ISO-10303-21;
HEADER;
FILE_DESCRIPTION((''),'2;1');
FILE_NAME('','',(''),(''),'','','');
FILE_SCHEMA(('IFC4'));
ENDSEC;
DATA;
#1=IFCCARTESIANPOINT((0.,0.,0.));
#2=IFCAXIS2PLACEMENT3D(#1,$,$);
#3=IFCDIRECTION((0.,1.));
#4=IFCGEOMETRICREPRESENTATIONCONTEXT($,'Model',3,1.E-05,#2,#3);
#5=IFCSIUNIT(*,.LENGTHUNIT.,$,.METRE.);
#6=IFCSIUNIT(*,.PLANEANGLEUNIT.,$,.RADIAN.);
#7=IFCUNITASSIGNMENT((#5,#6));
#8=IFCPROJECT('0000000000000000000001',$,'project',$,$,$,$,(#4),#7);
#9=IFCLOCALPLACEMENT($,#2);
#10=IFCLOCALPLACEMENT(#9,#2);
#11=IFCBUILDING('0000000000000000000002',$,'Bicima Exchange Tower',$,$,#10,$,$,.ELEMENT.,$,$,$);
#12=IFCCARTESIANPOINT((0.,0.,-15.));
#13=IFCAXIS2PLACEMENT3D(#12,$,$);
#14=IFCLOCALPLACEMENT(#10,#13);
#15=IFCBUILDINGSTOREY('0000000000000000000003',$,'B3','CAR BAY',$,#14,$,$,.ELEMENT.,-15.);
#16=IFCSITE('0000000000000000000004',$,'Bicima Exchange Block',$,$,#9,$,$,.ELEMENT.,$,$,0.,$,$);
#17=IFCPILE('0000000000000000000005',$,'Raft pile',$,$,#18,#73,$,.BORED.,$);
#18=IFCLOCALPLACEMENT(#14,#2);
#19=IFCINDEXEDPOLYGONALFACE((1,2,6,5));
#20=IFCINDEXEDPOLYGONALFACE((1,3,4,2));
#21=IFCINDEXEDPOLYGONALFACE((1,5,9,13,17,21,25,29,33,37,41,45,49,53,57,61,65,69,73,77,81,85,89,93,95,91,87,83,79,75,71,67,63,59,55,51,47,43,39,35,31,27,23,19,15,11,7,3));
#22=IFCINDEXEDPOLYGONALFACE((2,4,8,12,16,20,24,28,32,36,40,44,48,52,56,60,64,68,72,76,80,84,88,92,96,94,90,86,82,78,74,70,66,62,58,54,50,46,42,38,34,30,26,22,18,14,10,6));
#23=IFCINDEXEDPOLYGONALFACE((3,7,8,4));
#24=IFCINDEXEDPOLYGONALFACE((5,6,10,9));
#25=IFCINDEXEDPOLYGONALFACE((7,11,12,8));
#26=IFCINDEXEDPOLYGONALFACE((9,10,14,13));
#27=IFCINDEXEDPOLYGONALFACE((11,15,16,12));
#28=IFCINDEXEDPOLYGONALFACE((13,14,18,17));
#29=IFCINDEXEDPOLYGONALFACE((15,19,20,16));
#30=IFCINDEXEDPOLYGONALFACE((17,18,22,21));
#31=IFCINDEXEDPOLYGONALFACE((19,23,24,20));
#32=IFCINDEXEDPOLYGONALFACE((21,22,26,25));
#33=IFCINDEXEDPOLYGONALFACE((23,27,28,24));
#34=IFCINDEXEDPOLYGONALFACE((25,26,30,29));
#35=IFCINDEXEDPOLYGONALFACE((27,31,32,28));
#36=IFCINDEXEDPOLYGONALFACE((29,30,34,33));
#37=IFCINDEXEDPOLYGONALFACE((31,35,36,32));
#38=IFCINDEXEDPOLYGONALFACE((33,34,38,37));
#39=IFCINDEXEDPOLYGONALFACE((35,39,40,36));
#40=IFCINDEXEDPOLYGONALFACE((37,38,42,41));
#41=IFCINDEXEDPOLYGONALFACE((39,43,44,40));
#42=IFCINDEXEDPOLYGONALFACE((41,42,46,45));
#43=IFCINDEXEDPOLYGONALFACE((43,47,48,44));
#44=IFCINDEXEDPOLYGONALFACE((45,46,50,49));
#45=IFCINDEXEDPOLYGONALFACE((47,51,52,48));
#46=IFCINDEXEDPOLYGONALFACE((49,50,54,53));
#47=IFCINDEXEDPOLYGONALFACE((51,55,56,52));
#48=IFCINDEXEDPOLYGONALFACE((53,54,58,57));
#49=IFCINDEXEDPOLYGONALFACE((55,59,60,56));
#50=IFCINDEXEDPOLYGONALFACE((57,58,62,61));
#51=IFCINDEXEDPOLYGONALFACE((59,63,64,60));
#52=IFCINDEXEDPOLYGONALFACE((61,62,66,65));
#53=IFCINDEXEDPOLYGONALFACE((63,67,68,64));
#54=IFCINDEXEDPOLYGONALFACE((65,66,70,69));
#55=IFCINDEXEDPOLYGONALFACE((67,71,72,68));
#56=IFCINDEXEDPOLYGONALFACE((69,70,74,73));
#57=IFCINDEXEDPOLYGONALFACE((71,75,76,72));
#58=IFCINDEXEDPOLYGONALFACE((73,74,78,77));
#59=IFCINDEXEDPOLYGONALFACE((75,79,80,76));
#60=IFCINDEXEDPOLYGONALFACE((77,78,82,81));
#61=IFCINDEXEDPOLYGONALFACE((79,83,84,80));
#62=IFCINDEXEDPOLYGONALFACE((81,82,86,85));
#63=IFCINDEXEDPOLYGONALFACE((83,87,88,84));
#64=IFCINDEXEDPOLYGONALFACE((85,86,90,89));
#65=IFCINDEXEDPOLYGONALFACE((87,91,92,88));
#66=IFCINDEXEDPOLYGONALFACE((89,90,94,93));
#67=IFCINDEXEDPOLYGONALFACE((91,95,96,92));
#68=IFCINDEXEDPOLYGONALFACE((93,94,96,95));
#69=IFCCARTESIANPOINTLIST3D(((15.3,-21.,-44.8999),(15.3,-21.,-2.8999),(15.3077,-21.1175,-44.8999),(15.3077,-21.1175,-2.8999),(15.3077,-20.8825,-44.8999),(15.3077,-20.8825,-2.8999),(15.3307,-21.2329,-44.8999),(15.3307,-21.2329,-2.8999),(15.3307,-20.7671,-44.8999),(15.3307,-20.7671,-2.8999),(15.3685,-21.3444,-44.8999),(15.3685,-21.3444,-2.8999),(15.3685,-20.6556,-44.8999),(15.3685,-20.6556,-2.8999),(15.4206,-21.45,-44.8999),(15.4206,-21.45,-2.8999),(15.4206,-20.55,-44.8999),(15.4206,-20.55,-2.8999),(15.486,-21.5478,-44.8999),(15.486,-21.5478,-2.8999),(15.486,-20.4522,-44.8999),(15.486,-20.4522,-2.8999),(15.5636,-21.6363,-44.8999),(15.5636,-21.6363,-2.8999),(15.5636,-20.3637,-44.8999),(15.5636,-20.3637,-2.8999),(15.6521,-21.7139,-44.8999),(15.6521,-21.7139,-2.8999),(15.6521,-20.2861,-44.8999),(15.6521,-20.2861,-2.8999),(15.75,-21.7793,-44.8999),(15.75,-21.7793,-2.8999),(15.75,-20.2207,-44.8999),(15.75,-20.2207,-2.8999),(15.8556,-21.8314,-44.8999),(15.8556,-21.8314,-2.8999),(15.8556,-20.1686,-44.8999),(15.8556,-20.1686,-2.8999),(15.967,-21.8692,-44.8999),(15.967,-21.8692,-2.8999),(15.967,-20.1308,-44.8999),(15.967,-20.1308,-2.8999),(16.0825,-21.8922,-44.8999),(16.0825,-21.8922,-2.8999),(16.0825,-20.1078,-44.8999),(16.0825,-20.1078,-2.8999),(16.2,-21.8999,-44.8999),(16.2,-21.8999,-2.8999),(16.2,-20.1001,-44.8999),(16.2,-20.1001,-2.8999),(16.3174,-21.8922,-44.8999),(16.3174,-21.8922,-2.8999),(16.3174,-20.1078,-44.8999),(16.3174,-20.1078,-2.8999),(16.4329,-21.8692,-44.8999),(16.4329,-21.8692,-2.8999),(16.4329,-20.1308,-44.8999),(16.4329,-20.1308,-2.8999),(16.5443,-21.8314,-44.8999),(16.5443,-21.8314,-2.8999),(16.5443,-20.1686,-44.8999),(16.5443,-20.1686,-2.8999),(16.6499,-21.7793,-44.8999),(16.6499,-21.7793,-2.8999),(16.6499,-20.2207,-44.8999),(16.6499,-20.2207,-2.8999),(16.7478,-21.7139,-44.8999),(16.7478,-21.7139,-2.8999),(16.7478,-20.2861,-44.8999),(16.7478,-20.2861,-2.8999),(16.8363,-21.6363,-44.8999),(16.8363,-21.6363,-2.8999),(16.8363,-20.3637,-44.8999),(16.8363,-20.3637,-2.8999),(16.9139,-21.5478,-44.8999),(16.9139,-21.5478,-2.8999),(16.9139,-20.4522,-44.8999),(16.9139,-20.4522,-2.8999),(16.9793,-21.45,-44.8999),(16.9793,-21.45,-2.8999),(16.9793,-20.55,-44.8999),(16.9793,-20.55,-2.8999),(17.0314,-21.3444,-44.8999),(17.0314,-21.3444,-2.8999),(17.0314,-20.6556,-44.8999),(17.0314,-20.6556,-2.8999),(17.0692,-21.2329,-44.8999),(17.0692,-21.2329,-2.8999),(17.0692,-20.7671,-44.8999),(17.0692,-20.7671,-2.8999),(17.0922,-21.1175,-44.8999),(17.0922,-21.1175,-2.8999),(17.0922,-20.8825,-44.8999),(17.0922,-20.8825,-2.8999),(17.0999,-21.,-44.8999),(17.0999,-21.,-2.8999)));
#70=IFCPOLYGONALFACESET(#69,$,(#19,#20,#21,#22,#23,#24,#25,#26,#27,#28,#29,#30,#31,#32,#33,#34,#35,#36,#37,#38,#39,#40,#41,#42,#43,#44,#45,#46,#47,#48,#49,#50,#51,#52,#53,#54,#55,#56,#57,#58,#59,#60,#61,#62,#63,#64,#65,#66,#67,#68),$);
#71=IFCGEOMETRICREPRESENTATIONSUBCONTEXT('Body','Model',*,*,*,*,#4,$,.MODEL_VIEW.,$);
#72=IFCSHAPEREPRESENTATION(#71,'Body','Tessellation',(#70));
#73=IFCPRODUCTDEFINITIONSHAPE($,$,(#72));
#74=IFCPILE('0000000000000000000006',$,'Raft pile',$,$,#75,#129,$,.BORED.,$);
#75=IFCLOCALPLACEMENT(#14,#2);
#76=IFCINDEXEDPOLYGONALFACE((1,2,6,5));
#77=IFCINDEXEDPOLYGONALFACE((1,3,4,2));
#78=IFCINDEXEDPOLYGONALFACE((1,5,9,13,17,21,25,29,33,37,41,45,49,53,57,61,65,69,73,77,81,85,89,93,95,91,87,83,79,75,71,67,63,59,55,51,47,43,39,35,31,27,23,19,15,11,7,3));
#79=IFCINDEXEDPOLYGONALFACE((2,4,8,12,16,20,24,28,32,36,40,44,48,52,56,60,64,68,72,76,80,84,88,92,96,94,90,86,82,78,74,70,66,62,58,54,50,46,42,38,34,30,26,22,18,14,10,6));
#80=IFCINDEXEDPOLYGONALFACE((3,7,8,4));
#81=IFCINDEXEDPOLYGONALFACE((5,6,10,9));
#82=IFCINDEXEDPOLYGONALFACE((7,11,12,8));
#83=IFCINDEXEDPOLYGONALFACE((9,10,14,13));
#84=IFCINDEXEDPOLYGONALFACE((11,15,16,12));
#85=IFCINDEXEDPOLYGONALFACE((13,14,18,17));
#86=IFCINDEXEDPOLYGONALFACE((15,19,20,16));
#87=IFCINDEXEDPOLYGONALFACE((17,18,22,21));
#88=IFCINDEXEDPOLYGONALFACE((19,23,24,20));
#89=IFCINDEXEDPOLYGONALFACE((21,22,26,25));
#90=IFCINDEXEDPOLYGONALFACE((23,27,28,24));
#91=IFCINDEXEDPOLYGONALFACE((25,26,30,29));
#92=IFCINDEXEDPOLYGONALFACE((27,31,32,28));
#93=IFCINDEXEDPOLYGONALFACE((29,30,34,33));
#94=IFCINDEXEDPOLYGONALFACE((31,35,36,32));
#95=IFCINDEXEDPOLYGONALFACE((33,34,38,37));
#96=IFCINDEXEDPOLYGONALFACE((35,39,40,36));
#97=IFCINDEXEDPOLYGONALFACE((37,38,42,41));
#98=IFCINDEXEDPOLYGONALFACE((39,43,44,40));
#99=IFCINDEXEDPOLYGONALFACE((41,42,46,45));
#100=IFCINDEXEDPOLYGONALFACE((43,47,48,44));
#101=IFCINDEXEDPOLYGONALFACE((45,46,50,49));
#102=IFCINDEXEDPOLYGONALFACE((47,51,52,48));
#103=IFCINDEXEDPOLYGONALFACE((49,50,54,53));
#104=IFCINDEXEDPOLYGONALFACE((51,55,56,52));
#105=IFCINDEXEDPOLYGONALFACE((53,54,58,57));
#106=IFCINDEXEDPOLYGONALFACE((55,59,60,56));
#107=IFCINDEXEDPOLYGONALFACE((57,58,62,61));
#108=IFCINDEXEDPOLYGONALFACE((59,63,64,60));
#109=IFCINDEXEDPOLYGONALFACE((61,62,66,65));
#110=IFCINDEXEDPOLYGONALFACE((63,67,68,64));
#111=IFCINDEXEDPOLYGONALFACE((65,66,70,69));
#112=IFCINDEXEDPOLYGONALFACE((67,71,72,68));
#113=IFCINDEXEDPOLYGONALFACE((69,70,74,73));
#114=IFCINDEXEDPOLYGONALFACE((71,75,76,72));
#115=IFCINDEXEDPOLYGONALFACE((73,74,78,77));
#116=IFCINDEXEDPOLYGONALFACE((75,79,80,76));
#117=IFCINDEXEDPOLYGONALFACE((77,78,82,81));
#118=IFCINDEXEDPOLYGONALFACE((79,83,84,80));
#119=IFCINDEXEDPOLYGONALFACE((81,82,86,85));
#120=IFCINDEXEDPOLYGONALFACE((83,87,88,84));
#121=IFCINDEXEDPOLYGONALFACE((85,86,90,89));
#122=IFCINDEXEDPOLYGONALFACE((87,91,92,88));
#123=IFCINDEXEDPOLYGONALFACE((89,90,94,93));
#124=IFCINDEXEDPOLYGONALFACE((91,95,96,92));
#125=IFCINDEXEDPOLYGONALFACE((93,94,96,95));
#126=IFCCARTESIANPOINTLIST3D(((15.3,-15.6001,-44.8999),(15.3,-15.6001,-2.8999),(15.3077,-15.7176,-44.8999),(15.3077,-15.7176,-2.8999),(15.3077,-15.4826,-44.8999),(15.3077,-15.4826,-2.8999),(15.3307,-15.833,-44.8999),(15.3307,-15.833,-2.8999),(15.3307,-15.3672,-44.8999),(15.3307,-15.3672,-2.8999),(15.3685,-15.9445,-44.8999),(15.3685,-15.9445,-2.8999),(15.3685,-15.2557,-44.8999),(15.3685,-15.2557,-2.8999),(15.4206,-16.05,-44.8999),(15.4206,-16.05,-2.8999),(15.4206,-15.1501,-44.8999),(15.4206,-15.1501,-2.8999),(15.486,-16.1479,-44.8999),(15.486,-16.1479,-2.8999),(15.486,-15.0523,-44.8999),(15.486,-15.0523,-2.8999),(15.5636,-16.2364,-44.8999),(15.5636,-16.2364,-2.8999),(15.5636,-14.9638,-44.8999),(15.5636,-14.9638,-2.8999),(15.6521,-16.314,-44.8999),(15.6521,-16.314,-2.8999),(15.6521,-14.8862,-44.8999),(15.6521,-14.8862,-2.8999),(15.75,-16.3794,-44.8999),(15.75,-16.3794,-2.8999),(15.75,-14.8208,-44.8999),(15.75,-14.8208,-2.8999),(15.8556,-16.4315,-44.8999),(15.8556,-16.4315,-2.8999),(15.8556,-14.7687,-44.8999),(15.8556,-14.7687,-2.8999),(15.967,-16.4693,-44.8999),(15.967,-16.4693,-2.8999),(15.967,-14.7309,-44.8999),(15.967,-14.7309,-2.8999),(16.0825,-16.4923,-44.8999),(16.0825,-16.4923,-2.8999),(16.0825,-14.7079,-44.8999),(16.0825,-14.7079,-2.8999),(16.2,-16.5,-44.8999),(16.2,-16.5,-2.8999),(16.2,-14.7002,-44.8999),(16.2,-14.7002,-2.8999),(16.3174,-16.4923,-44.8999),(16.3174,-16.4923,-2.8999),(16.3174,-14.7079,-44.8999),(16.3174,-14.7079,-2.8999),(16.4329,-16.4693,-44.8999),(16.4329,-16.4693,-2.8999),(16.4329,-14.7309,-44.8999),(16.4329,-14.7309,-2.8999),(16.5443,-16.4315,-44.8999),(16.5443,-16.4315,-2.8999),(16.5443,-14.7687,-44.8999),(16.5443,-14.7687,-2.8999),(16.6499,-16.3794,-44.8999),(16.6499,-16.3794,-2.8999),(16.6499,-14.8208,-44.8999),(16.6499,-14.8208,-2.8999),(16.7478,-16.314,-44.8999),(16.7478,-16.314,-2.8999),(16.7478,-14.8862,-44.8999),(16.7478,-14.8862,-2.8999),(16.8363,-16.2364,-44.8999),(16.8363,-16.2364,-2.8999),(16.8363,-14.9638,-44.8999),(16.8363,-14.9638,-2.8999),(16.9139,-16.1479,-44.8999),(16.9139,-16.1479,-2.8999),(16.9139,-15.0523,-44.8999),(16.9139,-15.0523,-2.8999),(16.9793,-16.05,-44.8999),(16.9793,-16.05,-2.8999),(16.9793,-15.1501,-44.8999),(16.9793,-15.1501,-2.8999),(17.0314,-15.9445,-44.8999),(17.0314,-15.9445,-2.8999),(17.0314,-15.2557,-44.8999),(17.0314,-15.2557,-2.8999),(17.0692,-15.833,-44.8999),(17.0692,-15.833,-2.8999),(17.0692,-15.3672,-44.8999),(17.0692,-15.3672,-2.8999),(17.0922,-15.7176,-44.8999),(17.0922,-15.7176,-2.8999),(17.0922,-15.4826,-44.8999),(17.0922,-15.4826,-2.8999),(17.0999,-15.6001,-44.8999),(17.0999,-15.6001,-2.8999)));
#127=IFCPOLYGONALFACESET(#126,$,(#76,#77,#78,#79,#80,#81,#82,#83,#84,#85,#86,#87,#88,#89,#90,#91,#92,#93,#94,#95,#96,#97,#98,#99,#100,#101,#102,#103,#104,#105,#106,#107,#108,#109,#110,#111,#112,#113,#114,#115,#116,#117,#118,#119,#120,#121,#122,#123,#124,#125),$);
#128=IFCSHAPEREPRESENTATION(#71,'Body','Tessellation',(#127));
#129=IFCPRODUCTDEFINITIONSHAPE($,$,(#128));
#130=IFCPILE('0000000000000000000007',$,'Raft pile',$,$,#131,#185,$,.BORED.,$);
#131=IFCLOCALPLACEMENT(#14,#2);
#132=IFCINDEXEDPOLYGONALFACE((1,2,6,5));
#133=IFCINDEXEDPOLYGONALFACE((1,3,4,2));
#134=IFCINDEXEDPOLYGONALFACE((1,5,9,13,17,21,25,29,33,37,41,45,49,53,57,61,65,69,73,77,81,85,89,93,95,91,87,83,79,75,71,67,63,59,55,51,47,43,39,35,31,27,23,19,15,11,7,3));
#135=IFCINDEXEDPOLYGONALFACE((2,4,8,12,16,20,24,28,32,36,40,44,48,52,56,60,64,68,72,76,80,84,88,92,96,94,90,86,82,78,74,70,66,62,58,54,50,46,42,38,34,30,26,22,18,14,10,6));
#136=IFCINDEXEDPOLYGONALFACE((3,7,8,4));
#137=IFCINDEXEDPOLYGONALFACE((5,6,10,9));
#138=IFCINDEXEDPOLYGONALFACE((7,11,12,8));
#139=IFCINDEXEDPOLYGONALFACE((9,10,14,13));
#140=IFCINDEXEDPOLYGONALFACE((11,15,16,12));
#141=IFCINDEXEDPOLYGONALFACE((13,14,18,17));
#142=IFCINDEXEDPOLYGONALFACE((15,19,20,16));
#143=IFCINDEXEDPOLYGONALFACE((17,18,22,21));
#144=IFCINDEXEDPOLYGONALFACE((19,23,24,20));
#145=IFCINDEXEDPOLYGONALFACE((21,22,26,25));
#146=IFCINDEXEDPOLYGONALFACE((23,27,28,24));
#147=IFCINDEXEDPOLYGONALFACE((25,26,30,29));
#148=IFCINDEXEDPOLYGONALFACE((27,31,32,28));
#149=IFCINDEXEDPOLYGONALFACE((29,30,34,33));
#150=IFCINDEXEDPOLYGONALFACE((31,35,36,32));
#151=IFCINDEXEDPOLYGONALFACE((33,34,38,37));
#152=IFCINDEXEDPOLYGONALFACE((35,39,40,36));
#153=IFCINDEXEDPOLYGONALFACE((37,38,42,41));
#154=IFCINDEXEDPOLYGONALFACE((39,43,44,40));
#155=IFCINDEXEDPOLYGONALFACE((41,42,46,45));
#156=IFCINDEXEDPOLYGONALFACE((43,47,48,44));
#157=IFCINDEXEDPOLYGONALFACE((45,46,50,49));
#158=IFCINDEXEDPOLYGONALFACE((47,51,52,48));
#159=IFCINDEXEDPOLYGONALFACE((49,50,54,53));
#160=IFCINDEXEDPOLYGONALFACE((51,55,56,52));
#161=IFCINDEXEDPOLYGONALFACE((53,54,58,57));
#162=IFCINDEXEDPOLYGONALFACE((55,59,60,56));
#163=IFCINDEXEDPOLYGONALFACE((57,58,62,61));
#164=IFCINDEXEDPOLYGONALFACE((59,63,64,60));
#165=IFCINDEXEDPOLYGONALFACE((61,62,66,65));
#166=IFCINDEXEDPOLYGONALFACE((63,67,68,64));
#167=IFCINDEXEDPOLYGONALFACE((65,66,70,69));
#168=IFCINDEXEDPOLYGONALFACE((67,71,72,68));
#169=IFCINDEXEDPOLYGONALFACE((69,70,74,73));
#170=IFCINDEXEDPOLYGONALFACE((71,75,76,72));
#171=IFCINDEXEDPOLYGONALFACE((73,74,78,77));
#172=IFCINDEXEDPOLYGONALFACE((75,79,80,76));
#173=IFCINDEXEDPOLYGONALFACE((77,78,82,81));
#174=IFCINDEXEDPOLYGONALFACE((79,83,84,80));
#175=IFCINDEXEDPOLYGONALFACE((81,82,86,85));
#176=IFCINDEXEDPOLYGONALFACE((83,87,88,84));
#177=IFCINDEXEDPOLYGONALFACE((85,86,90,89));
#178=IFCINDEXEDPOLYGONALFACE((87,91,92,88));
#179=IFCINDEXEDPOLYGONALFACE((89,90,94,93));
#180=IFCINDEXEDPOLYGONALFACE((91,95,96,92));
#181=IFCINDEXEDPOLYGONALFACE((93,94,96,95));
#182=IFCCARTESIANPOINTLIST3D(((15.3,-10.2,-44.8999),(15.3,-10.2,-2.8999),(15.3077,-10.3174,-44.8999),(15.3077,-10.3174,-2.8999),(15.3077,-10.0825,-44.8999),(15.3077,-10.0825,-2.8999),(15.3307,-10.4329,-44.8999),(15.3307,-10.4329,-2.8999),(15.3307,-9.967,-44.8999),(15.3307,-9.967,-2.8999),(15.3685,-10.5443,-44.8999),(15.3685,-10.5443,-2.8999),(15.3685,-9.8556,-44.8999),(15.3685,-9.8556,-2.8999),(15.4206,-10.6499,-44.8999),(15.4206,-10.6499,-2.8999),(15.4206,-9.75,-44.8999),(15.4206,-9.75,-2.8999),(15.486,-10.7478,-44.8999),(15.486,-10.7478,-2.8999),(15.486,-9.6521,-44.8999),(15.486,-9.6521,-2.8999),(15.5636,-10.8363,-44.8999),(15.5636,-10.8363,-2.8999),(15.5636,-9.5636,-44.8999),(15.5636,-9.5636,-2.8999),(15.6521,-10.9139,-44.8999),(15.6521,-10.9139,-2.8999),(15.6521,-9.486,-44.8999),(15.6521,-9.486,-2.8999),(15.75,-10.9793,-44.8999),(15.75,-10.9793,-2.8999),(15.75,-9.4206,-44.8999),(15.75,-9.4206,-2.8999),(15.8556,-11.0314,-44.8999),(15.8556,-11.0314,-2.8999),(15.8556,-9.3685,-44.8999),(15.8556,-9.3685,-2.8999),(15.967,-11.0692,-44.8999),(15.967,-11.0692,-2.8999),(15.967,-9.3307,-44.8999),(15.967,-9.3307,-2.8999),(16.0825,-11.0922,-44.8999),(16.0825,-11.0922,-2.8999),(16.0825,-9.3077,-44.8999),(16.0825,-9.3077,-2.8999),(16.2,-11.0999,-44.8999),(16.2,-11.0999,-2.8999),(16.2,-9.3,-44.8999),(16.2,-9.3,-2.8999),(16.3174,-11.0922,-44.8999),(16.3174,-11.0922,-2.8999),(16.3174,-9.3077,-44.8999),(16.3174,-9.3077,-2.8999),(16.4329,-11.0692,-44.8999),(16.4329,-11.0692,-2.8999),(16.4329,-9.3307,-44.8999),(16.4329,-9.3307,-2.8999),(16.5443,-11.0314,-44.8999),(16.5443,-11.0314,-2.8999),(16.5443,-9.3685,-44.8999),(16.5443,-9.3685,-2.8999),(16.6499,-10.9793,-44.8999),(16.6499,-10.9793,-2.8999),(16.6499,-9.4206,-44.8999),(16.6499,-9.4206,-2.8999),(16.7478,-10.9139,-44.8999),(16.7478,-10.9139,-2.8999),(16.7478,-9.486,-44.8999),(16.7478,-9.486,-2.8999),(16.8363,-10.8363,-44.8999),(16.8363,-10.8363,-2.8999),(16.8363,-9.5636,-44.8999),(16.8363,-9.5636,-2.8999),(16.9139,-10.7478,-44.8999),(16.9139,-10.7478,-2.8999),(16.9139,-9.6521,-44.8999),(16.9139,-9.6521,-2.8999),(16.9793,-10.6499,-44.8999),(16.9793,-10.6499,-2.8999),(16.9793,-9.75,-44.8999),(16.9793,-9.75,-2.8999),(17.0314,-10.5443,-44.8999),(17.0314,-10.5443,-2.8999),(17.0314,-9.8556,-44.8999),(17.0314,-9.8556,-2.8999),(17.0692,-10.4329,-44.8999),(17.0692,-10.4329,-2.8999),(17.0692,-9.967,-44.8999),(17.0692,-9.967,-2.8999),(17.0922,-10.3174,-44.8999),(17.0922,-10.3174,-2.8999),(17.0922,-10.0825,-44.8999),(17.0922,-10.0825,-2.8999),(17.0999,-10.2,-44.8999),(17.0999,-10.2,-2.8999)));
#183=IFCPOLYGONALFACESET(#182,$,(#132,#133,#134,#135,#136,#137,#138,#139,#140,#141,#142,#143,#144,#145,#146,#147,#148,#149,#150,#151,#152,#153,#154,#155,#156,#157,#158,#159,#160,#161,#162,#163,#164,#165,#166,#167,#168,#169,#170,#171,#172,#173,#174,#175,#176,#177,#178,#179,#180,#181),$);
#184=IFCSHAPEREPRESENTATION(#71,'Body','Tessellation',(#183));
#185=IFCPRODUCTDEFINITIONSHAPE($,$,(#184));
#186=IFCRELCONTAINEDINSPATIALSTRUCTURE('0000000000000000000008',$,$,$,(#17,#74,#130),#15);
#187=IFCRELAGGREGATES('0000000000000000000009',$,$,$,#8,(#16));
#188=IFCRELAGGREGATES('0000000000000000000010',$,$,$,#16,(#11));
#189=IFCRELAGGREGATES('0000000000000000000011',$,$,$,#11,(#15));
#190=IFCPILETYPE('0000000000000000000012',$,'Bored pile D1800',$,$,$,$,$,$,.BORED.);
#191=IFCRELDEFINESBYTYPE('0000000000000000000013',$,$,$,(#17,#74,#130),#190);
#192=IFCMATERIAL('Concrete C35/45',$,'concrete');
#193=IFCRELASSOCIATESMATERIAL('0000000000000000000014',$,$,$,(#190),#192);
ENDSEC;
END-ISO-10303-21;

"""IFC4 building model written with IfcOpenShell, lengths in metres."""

from ifc_helpers import new_model, si_unit, direction, frame, origin, origin_2d, place, context, subcontext, project, spatial, circle, extrude, material, material_profile, profile_set, type_object, element, save


model = new_model("IFC4")

# Units and contexts
model_context = context("Model", 3, precision=1e-05, world=origin(), true_north=direction((0.0, 1.0)))
body_context = subcontext(model_context, "Body", "Model", "MODEL_VIEW")
ifc_project = project(units=[si_unit("LENGTHUNIT", "METRE"), si_unit("PLANEANGLEUNIT", "RADIAN")], contexts=[model_context])

# Site, building, storey
site_placement = place(None, origin())
site = spatial("IfcSite", under=ifc_project, at=site_placement, Name="Bicima Exchange Block", CompositionType="ELEMENT", RefElevation=0.0)
building_placement = place(site_placement, origin())
building = spatial("IfcBuilding", under=site, at=building_placement, Name="Bicima Exchange Tower", CompositionType="ELEMENT")
storey_placement = place(building_placement, frame((0.0, 0.0, -15.0)))
storey = spatial("IfcBuildingStorey", under=building, at=storey_placement, Name="B3", Description="CAR BAY", CompositionType="ELEMENT", Elevation=-15.0)

# Piles
ifc_material_1 = material(Name="Concrete C35/45", Category="concrete")
ifc_material_profile = material_profile(ifc_material_1, circle(Radius=0.8999, at=origin_2d()))
ifc_profile_set = profile_set([ifc_material_profile], Name="Concrete C35/45")
pile_type = type_object("IfcPileType", Name="Bored pile D1800", PredefinedType="BORED", material=ifc_profile_set)
for number, where, z_axis, x_axis, name in (
    (1, (16.2, -21.0, -2.8999), (0.0, 0.0, -1.0), (1.0, 0.0, 0.0), "Raft pile"),
    (2, (16.2, -15.6001, -2.8999), (0.0, 0.0, -1.0), (1.0, 0.0, 0.0), "Raft pile"),
    (3, (16.2, -10.2, -2.8999), (0.0, 0.0, -1.0), (1.0, 0.0, 0.0), "Raft pile"),
):
    element("IfcPile", number, at=place(storey_placement, frame(where, z_axis=z_axis, x_axis=x_axis)), inside=storey, type_object=pile_type, Name=name, PredefinedType="BORED", context=body_context, shape_type="SweptSolid", body=[
        extrude(circle(Radius=0.8999, at=origin_2d()), origin(), (0.0, 0.0, 1.0), 42.0),
    ])

save(model, "model.ifc")
